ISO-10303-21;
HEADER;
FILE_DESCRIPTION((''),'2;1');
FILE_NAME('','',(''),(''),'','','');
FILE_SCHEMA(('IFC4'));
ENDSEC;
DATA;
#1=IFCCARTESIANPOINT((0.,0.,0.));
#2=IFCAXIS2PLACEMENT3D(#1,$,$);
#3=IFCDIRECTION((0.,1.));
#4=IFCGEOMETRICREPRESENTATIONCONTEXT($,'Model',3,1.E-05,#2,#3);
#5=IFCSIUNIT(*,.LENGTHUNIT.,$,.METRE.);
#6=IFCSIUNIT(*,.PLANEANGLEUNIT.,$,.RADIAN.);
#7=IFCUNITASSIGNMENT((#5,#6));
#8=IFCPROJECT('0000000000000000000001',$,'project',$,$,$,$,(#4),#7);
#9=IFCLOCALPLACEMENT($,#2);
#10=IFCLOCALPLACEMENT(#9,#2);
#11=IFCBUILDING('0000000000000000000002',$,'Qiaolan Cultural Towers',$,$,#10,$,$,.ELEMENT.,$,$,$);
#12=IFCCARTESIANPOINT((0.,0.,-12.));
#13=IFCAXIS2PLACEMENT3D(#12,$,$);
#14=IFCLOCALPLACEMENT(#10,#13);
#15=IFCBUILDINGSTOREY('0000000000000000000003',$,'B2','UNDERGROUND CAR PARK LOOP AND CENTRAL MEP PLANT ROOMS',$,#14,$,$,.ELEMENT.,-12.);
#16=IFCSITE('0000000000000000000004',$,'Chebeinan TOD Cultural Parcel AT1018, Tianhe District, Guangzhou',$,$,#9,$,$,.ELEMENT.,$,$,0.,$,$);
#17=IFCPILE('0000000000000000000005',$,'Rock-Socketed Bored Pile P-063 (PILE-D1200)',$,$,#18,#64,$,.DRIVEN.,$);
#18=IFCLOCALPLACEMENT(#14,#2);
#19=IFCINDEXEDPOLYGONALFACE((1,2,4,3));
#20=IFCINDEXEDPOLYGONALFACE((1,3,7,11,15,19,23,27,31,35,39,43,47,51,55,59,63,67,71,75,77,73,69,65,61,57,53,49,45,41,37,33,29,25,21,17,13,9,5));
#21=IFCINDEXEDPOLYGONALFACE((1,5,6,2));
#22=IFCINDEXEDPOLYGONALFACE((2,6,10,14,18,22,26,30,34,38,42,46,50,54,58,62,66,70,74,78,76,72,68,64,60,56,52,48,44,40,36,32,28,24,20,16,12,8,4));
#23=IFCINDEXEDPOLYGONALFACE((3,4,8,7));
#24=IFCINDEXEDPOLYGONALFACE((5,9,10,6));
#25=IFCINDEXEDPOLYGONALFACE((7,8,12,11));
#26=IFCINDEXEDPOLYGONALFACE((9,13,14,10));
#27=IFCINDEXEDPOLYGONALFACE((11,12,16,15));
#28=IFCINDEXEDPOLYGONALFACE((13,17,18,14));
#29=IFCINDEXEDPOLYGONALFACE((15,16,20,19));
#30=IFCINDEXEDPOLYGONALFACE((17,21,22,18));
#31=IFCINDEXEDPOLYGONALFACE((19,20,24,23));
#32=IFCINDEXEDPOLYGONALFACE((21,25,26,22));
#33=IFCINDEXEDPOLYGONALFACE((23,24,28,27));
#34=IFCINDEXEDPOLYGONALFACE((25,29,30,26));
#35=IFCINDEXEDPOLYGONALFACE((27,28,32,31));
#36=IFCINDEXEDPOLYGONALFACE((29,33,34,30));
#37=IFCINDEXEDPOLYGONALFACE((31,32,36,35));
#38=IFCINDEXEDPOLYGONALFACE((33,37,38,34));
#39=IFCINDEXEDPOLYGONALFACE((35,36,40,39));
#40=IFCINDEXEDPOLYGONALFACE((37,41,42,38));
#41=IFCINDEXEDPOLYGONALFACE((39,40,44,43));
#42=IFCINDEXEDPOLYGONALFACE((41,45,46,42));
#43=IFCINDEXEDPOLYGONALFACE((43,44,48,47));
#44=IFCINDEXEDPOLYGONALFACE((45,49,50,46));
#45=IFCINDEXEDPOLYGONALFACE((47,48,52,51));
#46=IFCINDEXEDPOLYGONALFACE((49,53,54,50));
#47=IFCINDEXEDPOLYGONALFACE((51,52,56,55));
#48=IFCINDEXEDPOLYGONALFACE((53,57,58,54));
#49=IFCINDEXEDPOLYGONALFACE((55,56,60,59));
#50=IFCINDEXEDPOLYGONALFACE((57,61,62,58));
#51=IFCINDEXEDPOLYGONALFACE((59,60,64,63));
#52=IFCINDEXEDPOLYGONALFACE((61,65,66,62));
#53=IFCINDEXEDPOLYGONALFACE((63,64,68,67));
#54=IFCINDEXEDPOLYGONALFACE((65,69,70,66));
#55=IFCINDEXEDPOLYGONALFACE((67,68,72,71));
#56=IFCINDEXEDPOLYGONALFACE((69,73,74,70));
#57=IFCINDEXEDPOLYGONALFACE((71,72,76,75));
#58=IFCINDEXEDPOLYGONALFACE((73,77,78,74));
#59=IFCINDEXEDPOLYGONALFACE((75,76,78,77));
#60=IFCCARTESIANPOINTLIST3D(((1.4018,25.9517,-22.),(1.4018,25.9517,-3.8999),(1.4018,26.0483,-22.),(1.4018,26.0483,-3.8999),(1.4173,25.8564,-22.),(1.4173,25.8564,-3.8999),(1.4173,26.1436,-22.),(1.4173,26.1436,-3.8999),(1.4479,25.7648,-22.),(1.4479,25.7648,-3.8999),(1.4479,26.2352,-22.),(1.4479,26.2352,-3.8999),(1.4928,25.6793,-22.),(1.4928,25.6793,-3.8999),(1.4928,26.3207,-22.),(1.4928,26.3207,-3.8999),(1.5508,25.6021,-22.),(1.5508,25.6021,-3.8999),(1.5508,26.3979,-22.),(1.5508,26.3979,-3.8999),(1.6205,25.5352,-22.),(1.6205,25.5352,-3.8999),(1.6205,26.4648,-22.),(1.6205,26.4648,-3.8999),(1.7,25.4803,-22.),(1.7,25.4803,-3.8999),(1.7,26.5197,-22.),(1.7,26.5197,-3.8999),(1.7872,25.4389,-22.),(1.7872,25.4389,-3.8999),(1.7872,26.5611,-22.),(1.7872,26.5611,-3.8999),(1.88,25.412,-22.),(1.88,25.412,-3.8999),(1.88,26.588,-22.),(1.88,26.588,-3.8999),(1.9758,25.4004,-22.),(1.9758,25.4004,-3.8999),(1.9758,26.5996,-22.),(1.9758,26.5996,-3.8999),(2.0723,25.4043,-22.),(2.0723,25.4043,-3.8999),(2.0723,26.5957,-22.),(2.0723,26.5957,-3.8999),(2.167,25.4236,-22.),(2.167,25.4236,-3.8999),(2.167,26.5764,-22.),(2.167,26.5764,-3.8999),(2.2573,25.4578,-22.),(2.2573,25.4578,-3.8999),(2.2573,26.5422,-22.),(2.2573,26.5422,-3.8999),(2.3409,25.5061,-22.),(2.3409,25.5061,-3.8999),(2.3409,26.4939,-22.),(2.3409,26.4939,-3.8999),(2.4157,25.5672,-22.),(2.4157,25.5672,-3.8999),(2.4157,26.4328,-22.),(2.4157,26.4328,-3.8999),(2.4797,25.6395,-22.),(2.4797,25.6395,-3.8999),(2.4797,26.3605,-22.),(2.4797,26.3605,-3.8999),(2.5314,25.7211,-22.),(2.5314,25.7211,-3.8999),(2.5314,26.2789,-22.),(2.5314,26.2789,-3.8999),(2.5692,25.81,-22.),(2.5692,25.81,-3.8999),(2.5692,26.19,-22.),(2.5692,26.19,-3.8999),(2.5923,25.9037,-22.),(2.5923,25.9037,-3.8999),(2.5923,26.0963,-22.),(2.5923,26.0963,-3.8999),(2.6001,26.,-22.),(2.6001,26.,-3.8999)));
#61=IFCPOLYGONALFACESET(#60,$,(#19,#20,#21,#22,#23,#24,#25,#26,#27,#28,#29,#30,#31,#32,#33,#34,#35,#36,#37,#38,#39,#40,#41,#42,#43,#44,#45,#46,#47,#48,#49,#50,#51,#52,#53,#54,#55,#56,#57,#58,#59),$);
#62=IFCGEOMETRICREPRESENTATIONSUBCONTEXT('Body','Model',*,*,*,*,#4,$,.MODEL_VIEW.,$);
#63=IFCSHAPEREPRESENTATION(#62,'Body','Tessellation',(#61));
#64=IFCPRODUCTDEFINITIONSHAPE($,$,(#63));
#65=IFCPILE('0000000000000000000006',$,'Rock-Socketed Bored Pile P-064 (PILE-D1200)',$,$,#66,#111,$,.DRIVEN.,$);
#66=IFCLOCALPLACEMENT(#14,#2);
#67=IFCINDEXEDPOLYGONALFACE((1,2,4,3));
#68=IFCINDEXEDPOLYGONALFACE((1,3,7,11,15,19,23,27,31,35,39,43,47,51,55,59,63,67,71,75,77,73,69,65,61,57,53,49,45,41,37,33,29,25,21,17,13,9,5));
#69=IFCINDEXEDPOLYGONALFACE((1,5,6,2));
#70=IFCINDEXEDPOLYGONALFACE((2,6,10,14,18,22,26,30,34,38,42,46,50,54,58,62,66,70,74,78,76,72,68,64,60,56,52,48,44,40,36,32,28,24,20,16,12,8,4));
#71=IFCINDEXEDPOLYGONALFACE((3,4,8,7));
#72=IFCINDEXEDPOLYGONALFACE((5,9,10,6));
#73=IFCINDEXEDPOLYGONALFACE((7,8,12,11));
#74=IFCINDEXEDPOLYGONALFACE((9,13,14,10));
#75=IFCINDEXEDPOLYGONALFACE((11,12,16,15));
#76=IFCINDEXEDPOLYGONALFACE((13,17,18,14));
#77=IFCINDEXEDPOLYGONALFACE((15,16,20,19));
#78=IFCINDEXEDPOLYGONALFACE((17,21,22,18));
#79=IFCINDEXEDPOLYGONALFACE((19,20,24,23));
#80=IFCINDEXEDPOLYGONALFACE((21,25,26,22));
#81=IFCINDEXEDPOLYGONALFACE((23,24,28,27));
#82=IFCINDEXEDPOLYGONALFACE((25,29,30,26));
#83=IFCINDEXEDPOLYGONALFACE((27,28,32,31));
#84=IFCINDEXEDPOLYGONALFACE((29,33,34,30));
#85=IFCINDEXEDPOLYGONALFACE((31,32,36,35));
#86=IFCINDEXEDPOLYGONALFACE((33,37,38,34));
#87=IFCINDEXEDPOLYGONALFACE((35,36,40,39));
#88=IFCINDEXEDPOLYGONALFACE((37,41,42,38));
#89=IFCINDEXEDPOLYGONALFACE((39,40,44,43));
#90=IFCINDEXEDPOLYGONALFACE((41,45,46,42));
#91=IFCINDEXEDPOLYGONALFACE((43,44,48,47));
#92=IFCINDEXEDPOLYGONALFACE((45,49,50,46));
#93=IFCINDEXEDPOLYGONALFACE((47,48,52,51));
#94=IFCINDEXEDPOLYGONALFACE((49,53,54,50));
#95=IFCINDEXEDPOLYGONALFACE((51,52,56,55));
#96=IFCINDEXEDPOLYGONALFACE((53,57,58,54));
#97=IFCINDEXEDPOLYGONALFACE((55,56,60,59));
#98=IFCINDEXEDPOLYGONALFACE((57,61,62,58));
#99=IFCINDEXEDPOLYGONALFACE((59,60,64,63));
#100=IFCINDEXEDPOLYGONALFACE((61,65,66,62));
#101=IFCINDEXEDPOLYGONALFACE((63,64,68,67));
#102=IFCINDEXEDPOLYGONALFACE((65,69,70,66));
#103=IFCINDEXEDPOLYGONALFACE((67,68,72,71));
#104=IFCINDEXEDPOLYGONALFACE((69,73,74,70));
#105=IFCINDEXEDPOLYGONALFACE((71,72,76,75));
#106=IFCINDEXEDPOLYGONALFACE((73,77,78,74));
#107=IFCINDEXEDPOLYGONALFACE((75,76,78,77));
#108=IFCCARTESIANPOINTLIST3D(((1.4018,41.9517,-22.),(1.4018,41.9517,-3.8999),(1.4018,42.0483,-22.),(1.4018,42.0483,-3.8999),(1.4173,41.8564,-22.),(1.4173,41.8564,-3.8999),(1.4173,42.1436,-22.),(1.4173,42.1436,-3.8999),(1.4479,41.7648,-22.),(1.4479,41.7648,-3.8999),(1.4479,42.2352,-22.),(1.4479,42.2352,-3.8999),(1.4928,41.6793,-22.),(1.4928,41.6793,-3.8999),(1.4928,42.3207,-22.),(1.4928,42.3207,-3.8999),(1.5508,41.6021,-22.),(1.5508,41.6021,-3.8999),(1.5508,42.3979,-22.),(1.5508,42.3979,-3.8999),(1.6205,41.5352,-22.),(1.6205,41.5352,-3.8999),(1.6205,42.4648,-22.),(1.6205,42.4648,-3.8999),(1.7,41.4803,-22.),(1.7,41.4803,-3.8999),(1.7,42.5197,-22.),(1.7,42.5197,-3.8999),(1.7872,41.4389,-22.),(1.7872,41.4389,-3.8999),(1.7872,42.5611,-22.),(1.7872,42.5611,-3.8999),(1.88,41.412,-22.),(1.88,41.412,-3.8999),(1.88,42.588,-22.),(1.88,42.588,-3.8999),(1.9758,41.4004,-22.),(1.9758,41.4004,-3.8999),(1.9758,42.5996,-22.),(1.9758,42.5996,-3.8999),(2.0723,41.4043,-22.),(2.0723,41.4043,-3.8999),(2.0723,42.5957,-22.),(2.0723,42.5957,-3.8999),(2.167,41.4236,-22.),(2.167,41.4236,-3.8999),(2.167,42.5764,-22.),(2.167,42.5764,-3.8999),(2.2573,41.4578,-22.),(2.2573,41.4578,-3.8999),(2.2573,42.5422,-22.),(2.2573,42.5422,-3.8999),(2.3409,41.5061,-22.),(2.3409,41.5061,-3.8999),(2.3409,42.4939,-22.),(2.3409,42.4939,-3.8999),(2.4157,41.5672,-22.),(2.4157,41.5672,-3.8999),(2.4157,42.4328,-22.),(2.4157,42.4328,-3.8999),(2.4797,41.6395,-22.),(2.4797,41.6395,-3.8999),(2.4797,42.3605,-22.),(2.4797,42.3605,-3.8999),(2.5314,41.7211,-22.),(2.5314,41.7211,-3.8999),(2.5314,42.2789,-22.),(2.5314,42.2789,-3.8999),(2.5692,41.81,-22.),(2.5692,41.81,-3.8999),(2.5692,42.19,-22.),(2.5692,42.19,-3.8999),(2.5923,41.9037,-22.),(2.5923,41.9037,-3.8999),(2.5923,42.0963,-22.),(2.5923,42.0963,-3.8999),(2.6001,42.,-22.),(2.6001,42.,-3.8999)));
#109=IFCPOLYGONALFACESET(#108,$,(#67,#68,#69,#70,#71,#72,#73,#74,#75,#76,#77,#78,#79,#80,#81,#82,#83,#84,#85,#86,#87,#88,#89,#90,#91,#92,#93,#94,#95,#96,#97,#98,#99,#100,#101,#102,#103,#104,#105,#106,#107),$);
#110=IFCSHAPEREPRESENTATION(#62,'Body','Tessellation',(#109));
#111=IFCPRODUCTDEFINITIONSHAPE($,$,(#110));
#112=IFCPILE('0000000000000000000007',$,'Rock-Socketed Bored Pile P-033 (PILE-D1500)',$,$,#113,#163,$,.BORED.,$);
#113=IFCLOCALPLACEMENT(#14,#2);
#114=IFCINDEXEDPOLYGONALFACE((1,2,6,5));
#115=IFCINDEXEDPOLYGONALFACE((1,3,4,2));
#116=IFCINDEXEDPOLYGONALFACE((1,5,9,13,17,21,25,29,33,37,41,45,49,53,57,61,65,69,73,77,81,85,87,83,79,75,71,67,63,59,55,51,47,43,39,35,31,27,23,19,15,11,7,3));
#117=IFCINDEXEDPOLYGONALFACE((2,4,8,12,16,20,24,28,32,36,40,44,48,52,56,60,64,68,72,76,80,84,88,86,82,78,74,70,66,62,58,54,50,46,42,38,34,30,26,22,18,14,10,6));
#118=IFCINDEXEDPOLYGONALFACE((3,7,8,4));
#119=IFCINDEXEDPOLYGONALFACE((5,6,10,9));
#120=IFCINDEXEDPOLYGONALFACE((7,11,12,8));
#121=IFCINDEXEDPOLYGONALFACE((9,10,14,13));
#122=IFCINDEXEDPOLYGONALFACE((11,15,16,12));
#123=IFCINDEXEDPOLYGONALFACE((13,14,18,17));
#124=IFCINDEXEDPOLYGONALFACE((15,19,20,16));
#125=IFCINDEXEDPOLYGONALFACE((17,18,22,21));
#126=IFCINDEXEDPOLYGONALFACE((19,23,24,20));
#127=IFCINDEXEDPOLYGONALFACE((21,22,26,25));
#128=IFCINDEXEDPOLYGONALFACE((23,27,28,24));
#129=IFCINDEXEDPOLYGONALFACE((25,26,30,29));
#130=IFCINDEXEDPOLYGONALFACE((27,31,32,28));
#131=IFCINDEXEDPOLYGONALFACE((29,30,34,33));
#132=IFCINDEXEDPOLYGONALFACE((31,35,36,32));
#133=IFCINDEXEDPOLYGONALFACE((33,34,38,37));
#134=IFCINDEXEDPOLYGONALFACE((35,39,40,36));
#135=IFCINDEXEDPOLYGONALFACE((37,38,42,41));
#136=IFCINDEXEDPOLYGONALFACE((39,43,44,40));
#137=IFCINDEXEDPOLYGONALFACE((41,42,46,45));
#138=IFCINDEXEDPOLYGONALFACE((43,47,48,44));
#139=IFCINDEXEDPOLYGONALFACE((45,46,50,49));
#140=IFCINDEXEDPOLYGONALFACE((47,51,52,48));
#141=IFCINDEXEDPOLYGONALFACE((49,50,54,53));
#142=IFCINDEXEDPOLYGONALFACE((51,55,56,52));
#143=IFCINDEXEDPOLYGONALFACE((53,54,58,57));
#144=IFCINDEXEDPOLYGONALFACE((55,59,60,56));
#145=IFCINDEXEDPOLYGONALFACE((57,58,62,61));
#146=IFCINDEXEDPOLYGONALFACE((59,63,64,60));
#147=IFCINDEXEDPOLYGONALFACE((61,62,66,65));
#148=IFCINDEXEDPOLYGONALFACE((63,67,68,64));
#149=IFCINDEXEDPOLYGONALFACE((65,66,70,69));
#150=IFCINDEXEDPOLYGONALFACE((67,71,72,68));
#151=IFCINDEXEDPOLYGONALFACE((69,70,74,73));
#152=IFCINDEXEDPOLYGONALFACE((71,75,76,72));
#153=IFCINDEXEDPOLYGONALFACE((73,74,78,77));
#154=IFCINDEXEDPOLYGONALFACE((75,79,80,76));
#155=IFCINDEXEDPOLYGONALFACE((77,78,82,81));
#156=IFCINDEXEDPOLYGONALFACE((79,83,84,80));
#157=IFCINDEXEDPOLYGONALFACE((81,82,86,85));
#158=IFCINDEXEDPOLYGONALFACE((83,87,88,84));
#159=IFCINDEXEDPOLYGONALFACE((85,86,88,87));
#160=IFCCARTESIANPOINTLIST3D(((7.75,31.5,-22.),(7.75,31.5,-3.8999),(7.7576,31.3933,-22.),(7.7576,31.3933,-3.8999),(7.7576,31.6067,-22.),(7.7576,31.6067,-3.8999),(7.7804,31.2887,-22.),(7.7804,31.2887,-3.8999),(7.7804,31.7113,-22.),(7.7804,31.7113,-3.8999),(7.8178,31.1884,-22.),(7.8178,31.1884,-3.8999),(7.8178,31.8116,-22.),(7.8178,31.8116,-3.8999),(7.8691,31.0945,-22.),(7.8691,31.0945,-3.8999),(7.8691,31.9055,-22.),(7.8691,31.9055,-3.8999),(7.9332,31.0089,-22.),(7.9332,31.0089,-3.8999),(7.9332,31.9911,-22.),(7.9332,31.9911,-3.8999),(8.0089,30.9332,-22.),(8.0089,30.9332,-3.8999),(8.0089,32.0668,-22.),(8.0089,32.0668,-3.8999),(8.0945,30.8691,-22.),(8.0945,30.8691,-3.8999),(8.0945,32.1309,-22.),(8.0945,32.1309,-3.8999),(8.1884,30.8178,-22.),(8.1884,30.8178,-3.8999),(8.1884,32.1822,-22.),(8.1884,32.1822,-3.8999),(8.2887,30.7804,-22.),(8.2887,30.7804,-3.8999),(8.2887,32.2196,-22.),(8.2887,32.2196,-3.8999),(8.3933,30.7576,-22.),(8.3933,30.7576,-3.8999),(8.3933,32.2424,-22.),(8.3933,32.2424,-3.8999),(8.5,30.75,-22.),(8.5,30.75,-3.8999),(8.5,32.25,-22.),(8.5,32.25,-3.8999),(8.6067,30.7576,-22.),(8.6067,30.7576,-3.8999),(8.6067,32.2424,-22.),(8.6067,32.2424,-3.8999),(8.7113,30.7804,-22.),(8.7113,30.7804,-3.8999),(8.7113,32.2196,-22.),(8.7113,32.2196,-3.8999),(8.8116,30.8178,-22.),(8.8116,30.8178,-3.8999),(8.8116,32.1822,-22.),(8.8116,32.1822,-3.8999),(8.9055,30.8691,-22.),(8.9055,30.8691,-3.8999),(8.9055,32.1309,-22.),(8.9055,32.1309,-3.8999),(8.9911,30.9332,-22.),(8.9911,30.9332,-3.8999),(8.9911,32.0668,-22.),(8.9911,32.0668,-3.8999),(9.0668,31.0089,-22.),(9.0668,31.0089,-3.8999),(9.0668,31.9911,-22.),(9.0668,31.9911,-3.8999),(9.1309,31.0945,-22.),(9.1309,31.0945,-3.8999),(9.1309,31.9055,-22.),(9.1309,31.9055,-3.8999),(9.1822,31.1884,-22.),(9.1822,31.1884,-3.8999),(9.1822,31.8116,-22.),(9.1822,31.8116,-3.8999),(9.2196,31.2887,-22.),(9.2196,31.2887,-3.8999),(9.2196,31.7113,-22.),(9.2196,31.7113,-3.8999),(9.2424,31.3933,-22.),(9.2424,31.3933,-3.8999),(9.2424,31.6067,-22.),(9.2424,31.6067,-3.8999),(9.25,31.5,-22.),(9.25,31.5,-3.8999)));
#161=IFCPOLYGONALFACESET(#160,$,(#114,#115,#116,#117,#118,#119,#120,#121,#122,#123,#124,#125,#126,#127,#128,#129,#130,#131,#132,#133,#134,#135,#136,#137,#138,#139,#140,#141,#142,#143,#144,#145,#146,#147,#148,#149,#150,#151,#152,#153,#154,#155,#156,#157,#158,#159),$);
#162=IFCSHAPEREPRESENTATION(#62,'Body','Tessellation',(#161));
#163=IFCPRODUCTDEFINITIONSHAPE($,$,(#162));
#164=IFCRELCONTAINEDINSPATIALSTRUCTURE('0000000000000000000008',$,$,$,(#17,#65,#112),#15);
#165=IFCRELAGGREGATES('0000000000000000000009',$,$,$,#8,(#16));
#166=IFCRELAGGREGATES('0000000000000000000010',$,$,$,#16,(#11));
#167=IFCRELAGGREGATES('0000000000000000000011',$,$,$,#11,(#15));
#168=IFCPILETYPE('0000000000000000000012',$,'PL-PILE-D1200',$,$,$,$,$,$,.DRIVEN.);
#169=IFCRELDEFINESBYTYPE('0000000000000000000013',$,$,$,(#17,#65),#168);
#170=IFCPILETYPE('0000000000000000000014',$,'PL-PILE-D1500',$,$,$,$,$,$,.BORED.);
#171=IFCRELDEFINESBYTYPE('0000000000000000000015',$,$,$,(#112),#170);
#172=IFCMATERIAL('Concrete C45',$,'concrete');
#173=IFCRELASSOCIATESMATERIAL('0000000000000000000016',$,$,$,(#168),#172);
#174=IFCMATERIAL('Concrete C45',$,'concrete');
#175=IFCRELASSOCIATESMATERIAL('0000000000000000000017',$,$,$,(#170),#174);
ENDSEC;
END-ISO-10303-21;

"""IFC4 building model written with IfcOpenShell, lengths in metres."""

from ifc_helpers import new_model, si_unit, direction, frame, origin, origin_2d, place, context, subcontext, project, spatial, circle, extrude, material, material_profile, profile_set, type_object, element, save


model = new_model("IFC4")

# Units and contexts
model_context = context("Model", 3, precision=1e-05, world=origin(), true_north=direction((0.0, 1.0)))
body_context = subcontext(model_context, "Body", "Model", "MODEL_VIEW")
ifc_project = project(units=[si_unit("LENGTHUNIT", "METRE"), si_unit("PLANEANGLEUNIT", "RADIAN")], contexts=[model_context])

# Site, building, storey
site_placement = place(None, origin())
site = spatial("IfcSite", under=ifc_project, at=site_placement, Name="Chebeinan TOD Cultural Parcel AT1018, Tianhe District, Guangzhou", CompositionType="ELEMENT", RefElevation=0.0)
building_placement = place(site_placement, origin())
building = spatial("IfcBuilding", under=site, at=building_placement, Name="Qiaolan Cultural Towers", CompositionType="ELEMENT")
storey_placement = place(building_placement, frame((0.0, 0.0, -12.0)))
storey = spatial("IfcBuildingStorey", under=building, at=storey_placement, Name="B2", Description="UNDERGROUND CAR PARK LOOP AND CENTRAL MEP PLANT ROOMS", CompositionType="ELEMENT", Elevation=-12.0)

# Piles
ifc_material_1 = material(Name="Concrete C45", Category="concrete")
ifc_material_profile_1 = material_profile(ifc_material_1, circle(Radius=0.6001, at=origin_2d()), Name="PILE-D1200")
ifc_profile_set_1 = profile_set([ifc_material_profile_1], Name="Concrete C45")
pile_type_1 = type_object("IfcPileType", Name="PL-PILE-D1200", PredefinedType="DRIVEN", material=ifc_profile_set_1)
for number, where, z_axis, x_axis, name in (
    (1, (2.0, 26.0, -3.8999), (0.0, 0.0, -1.0), (1.0, 0.0, 0.0), "Rock-Socketed Bored Pile P-063 (PILE-D1200)"),
    (2, (2.0, 42.0, -3.8999), (0.0, 0.0, -1.0), (1.0, 0.0, 0.0), "Rock-Socketed Bored Pile P-064 (PILE-D1200)"),
):
    element("IfcPile", number, at=place(storey_placement, frame(where, z_axis=z_axis, x_axis=x_axis)), inside=storey, type_object=pile_type_1, Name=name, PredefinedType="DRIVEN", context=body_context, shape_type="SweptSolid", body=[
        extrude(circle(Radius=0.6001, at=origin_2d()), origin(), (0.0, 0.0, 1.0), 18.1001),
    ])
ifc_material_2 = material(Name="Concrete C45", Category="concrete")
ifc_material_profile_2 = material_profile(ifc_material_2, circle(Radius=0.75, at=origin_2d()), Name="PILE-D1500")
ifc_profile_set_2 = profile_set([ifc_material_profile_2], Name="Concrete C45")
pile_type_2 = type_object("IfcPileType", Name="PL-PILE-D1500", PredefinedType="BORED", material=ifc_profile_set_2)
for number, where, z_axis, x_axis, name in (
    (3, (8.5, 31.5, -3.8999), (0.0, 0.0, -1.0), (1.0, 0.0, 0.0), "Rock-Socketed Bored Pile P-033 (PILE-D1500)"),
):
    element("IfcPile", number, at=place(storey_placement, frame(where, z_axis=z_axis, x_axis=x_axis)), inside=storey, type_object=pile_type_2, Name=name, PredefinedType="BORED", context=body_context, shape_type="SweptSolid", body=[
        extrude(circle(Radius=0.75, at=origin_2d()), origin(), (0.0, 0.0, 1.0), 18.1001),
    ])

save(model, "model.ifc")
